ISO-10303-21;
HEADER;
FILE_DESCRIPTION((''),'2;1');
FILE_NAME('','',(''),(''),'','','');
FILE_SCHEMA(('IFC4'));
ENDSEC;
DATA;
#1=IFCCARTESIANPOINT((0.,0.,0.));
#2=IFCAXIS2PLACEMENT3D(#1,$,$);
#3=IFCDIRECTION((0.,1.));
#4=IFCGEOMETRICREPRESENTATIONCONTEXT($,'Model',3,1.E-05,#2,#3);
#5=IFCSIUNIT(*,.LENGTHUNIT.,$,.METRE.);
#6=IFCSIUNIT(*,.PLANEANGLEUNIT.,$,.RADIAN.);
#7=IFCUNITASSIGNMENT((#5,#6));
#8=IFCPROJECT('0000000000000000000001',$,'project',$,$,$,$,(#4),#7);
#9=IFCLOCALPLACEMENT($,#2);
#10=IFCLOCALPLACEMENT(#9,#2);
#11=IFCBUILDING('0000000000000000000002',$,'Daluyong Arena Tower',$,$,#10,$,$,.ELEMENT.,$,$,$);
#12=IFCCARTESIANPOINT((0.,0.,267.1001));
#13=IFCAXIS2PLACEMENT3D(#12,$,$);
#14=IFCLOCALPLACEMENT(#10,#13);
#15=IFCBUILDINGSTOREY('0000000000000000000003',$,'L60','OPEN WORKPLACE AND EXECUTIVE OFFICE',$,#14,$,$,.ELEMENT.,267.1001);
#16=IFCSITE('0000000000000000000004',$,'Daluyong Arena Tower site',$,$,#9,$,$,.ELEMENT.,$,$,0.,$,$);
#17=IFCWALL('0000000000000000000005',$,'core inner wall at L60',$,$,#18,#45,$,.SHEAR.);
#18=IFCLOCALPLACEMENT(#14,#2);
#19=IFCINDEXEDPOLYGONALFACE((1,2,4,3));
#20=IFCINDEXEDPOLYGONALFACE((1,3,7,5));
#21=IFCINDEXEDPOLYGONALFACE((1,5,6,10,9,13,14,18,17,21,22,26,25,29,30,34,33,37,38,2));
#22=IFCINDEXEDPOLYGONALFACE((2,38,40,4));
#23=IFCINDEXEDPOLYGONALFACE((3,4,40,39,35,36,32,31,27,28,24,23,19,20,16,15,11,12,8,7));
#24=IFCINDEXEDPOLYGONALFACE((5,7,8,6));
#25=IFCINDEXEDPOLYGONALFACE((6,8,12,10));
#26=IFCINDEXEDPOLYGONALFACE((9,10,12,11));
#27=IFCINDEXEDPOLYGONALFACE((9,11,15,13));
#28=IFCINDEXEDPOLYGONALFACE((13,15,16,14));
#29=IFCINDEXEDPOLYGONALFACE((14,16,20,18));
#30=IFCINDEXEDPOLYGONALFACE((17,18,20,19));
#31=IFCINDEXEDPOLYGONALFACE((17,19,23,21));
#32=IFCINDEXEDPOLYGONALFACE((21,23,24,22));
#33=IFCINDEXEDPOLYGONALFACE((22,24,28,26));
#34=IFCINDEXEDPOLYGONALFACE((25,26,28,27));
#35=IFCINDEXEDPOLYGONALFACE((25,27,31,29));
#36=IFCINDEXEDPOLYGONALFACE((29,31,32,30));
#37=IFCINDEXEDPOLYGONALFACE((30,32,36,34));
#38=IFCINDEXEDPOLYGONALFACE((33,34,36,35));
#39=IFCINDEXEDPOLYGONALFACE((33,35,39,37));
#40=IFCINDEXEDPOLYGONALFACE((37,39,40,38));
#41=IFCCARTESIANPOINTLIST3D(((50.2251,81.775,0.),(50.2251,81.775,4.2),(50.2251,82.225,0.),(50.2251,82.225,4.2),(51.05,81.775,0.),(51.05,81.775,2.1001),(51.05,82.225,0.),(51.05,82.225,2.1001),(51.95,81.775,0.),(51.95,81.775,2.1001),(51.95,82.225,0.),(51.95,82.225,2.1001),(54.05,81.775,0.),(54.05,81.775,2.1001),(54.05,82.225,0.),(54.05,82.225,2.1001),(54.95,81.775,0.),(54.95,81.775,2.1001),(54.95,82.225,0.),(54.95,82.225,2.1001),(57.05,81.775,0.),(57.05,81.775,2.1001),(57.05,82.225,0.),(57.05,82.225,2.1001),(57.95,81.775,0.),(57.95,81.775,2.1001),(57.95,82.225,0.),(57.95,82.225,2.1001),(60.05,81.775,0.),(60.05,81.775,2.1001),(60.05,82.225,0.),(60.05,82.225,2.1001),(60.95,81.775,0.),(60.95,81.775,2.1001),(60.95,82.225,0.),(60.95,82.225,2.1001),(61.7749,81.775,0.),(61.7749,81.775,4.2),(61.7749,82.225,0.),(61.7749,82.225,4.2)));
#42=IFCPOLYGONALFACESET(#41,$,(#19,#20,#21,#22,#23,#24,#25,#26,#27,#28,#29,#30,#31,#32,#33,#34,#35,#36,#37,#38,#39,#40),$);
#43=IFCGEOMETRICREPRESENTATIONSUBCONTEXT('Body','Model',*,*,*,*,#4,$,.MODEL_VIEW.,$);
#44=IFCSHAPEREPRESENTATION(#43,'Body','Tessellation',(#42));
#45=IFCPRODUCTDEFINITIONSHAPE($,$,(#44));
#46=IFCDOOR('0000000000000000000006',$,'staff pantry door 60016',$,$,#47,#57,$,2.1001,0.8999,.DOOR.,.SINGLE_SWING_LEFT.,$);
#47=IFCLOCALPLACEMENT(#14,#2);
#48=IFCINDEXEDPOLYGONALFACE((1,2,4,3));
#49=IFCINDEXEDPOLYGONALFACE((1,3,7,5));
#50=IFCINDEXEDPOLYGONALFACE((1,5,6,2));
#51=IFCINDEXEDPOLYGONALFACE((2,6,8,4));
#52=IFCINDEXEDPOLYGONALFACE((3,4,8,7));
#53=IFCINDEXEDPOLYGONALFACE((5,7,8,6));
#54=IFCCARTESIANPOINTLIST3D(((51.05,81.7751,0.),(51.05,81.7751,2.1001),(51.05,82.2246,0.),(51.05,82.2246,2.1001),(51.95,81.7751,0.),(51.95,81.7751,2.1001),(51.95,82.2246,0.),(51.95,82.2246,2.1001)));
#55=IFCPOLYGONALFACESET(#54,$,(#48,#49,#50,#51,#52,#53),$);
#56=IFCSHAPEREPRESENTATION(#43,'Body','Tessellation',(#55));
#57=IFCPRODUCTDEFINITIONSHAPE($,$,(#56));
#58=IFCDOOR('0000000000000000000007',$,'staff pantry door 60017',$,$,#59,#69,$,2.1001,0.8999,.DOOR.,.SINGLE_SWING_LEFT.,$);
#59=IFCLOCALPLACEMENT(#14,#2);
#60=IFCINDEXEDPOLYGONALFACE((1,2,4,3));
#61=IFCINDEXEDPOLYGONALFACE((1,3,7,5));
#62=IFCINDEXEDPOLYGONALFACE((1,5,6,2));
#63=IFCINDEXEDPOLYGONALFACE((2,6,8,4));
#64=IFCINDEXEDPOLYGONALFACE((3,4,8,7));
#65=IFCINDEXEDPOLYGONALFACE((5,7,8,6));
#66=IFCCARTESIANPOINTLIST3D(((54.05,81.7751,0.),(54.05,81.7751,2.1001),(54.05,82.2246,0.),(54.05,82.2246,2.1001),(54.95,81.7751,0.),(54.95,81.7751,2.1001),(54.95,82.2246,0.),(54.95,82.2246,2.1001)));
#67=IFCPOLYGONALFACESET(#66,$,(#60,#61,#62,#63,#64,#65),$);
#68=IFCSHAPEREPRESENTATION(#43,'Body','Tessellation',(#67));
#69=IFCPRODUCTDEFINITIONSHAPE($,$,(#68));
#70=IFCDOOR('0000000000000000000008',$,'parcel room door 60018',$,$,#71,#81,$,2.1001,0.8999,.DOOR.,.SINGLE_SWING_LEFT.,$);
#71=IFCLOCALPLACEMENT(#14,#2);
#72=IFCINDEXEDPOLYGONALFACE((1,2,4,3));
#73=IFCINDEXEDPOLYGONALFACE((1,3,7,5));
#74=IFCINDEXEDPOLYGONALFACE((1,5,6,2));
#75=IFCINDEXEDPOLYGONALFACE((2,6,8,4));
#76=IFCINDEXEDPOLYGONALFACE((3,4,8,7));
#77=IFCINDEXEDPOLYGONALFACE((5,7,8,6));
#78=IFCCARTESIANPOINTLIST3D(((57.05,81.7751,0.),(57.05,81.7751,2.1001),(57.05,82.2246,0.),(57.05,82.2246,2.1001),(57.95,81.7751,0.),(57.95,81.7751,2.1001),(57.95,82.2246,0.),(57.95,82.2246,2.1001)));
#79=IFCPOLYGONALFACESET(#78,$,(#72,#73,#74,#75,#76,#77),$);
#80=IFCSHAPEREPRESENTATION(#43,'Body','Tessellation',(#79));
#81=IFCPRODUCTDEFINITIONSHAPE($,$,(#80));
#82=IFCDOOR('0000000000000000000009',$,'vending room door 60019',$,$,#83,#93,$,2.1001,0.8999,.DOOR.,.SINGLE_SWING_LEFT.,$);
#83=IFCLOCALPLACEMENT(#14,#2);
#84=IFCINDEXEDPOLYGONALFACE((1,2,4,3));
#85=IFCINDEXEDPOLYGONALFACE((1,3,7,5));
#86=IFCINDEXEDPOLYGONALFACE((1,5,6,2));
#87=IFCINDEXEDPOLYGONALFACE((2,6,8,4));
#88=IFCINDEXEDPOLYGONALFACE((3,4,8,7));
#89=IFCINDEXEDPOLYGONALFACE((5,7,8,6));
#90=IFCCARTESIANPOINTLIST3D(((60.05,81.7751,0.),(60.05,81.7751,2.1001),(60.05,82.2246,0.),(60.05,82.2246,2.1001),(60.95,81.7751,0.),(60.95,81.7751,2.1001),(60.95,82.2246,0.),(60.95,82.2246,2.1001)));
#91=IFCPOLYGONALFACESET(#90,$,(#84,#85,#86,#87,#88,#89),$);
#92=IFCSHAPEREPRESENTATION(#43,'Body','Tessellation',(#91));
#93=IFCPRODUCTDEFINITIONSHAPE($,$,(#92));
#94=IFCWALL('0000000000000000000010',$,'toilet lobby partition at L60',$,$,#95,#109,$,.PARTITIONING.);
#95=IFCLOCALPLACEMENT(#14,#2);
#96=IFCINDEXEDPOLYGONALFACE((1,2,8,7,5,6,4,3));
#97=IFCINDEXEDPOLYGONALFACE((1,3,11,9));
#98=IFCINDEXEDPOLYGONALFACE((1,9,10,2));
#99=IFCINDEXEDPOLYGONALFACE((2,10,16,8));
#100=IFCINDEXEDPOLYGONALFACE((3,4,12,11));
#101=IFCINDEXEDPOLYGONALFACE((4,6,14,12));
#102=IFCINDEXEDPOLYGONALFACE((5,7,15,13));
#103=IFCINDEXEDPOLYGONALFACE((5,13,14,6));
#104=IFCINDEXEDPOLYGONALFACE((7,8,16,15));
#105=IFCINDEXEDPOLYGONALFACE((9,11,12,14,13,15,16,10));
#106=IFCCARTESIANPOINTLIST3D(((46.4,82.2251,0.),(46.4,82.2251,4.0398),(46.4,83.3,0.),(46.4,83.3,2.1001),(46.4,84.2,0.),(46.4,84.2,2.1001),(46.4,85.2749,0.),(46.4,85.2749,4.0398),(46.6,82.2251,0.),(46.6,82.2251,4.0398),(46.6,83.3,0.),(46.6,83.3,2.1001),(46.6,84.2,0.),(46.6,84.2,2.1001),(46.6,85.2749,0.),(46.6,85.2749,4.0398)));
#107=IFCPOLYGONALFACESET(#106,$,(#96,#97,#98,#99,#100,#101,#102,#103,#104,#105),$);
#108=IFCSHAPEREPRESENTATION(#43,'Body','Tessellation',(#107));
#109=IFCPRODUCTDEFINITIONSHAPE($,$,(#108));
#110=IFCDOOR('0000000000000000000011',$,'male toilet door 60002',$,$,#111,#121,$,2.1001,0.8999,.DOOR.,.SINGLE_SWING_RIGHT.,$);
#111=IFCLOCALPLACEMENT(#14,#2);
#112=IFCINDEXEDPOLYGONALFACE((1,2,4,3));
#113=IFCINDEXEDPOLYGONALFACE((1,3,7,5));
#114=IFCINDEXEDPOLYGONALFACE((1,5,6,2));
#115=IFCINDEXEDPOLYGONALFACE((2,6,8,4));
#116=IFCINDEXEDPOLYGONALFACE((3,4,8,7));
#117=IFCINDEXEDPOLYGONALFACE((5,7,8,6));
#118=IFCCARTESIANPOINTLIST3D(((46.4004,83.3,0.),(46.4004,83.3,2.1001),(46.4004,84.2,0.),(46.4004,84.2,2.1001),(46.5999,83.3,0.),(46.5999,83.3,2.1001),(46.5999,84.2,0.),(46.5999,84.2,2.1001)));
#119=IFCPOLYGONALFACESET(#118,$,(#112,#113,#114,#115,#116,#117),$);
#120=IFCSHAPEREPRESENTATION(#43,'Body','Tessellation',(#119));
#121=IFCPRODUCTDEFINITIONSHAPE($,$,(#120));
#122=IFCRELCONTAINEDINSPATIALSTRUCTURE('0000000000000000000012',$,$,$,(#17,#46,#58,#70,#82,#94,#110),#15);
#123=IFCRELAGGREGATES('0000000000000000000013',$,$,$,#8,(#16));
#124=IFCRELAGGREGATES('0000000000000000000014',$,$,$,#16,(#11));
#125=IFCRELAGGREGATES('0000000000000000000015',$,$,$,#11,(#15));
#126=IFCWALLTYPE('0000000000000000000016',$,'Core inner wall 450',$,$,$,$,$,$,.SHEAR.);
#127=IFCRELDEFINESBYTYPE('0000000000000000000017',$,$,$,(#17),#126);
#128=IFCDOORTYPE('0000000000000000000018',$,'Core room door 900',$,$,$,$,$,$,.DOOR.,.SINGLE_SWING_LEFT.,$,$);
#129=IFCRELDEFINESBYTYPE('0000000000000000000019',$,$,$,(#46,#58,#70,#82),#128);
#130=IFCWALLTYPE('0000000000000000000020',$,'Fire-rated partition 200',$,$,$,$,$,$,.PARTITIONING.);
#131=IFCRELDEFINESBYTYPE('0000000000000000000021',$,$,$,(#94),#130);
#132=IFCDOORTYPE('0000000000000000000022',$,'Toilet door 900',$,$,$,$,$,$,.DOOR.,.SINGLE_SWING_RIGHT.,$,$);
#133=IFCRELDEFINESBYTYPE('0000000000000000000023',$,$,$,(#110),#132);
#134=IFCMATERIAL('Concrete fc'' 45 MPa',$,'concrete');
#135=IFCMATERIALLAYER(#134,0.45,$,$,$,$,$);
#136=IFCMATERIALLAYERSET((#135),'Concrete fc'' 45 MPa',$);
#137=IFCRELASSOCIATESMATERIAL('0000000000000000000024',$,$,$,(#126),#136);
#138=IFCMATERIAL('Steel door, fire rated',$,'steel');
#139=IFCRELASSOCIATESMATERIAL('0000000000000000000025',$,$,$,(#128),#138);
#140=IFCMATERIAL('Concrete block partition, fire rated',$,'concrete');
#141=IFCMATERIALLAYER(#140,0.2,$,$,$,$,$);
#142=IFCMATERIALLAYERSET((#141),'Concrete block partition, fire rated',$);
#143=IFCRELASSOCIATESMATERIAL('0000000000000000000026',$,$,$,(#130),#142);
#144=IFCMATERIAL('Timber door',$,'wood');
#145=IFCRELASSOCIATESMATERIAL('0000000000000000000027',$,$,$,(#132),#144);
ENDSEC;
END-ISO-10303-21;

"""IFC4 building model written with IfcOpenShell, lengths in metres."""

from ifc_helpers import new_model, si_unit, direction, frame, frame_2d, origin, place, context, subcontext, project, spatial, rectangle, extrude, material, layer, layer_set, type_object, element, fill, save


model = new_model("IFC4")

# Units and contexts
model_context = context("Model", 3, precision=1e-05, world=origin(), true_north=direction((0.0, 1.0)))
body_context = subcontext(model_context, "Body", "Model", "MODEL_VIEW")
ifc_project = project(units=[si_unit("LENGTHUNIT", "METRE"), si_unit("PLANEANGLEUNIT", "RADIAN")], contexts=[model_context])

# Site, building, storey
site_placement = place(None, origin())
site = spatial("IfcSite", under=ifc_project, at=site_placement, Name="Daluyong Arena Tower site", CompositionType="ELEMENT", RefElevation=0.0)
building_placement = place(site_placement, origin())
building = spatial("IfcBuilding", under=site, at=building_placement, Name="Daluyong Arena Tower", CompositionType="ELEMENT")
storey_placement = place(building_placement, frame((0.0, 0.0, 267.1001)))
storey = spatial("IfcBuildingStorey", under=building, at=storey_placement, Name="L60", Description="OPEN WORKPLACE AND EXECUTIVE OFFICE", CompositionType="ELEMENT", Elevation=267.1001)

# Wall, openings, doors
ifc_material_1 = material(Name="Concrete fc' 45 MPa", Category="concrete")
ifc_layer_1 = layer(ifc_material_1, 0.45)
ifc_layer_set_1 = layer_set([ifc_layer_1], Name="Concrete fc' 45 MPa")
wall_type_1 = type_object("IfcWallType", Name="Core inner wall 450", PredefinedType="SHEAR", material=ifc_layer_set_1)
wall_1_placement = place(storey_placement, frame((50.2251, 82.0, 0.0), z_axis=(0.0, 0.0, 1.0), x_axis=(1.0, 0.0, 0.0)))
wall_1 = element("IfcWall", 1, at=wall_1_placement, inside=storey, type_object=wall_type_1, Name="core inner wall at L60", PredefinedType="SHEAR", context=body_context, shape_type="SweptSolid", body=[
    extrude(rectangle(XDim=11.5498, YDim=0.45, at=frame_2d((5.7749, 0.0))), origin(), (0.0, 0.0, 1.0), 4.2),
])
opening_1_placement = place(wall_1_placement, frame((0.825, 0.0, 0.0)))
opening_1 = element("IfcOpeningElement", 2, at=opening_1_placement, cuts=wall_1, PredefinedType="OPENING", context=body_context, shape_type="SweptSolid", body=[
    extrude(rectangle(XDim=0.8999, YDim=2.1001, at=frame_2d((0.45, 1.05))), frame((0.0, 0.2349, 0.0), z_axis=(0.0, -1.0, 0.0), x_axis=(1.0, 0.0, 0.0)), (0.0, 0.0, 1.0), 0.47),
])
opening_2_placement = place(wall_1_placement, frame((3.825, 0.0, 0.0)))
opening_2 = element("IfcOpeningElement", 3, at=opening_2_placement, cuts=wall_1, PredefinedType="OPENING", context=body_context, shape_type="SweptSolid", body=[
    extrude(rectangle(XDim=0.8999, YDim=2.1001, at=frame_2d((0.45, 1.05))), frame((0.0, 0.2349, 0.0), z_axis=(0.0, -1.0, 0.0), x_axis=(1.0, 0.0, 0.0)), (0.0, 0.0, 1.0), 0.47),
])
opening_3_placement = place(wall_1_placement, frame((6.825, 0.0, 0.0)))
opening_3 = element("IfcOpeningElement", 4, at=opening_3_placement, cuts=wall_1, PredefinedType="OPENING", context=body_context, shape_type="SweptSolid", body=[
    extrude(rectangle(XDim=0.8999, YDim=2.1001, at=frame_2d((0.45, 1.05))), frame((0.0, 0.2349, 0.0), z_axis=(0.0, -1.0, 0.0), x_axis=(1.0, 0.0, 0.0)), (0.0, 0.0, 1.0), 0.47),
])
opening_4_placement = place(wall_1_placement, frame((9.825, 0.0, 0.0)))
opening_4 = element("IfcOpeningElement", 5, at=opening_4_placement, cuts=wall_1, PredefinedType="OPENING", context=body_context, shape_type="SweptSolid", body=[
    extrude(rectangle(XDim=0.8999, YDim=2.1001, at=frame_2d((0.45, 1.05))), frame((0.0, 0.2349, 0.0), z_axis=(0.0, -1.0, 0.0), x_axis=(1.0, 0.0, 0.0)), (0.0, 0.0, 1.0), 0.47),
])
ifc_material_2 = material(Name="Steel door, fire rated", Category="steel")
door_type_1 = type_object("IfcDoorType", Name="Core room door 900", OperationType="SINGLE_SWING_LEFT", PredefinedType="DOOR", material=ifc_material_2)
door_1_placement = place(opening_1_placement, origin())
door_1 = element("IfcDoor", 6, at=door_1_placement, inside=storey, type_object=door_type_1, Name="staff pantry door 60016", OperationType="SINGLE_SWING_LEFT", OverallHeight=2.1001, OverallWidth=0.8999, PredefinedType="DOOR", context=body_context, shape_type="SweptSolid", body=[
    extrude(rectangle(XDim=0.8999, YDim=2.1001, at=frame_2d((0.45, 1.05))), frame((0.0, 0.2246, 0.0), z_axis=(0.0, -1.0, 0.0), x_axis=(1.0, 0.0, 0.0)), (0.0, 0.0, 1.0), 0.4495),
])
fill(opening_1, door_1)
door_2_placement = place(opening_2_placement, origin())
door_2 = element("IfcDoor", 7, at=door_2_placement, inside=storey, type_object=door_type_1, Name="staff pantry door 60017", OperationType="SINGLE_SWING_LEFT", OverallHeight=2.1001, OverallWidth=0.8999, PredefinedType="DOOR", context=body_context, shape_type="SweptSolid", body=[
    extrude(rectangle(XDim=0.8999, YDim=2.1001, at=frame_2d((0.45, 1.05))), frame((0.0, 0.2246, 0.0), z_axis=(0.0, -1.0, 0.0), x_axis=(1.0, 0.0, 0.0)), (0.0, 0.0, 1.0), 0.4495),
])
fill(opening_2, door_2)
door_3_placement = place(opening_3_placement, origin())
door_3 = element("IfcDoor", 8, at=door_3_placement, inside=storey, type_object=door_type_1, Name="parcel room door 60018", OperationType="SINGLE_SWING_LEFT", OverallHeight=2.1001, OverallWidth=0.8999, PredefinedType="DOOR", context=body_context, shape_type="SweptSolid", body=[
    extrude(rectangle(XDim=0.8999, YDim=2.1001, at=frame_2d((0.45, 1.05))), frame((0.0, 0.2246, 0.0), z_axis=(0.0, -1.0, 0.0), x_axis=(1.0, 0.0, 0.0)), (0.0, 0.0, 1.0), 0.4495),
])
fill(opening_3, door_3)
door_4_placement = place(opening_4_placement, origin())
door_4 = element("IfcDoor", 9, at=door_4_placement, inside=storey, type_object=door_type_1, Name="vending room door 60019", OperationType="SINGLE_SWING_LEFT", OverallHeight=2.1001, OverallWidth=0.8999, PredefinedType="DOOR", context=body_context, shape_type="SweptSolid", body=[
    extrude(rectangle(XDim=0.8999, YDim=2.1001, at=frame_2d((0.45, 1.05))), frame((0.0, 0.2246, 0.0), z_axis=(0.0, -1.0, 0.0), x_axis=(1.0, 0.0, 0.0)), (0.0, 0.0, 1.0), 0.4495),
])
fill(opening_4, door_4)

# Wall, opening, door
ifc_material_3 = material(Name="Concrete block partition, fire rated", Category="concrete")
ifc_layer_2 = layer(ifc_material_3, 0.2)
ifc_layer_set_2 = layer_set([ifc_layer_2], Name="Concrete block partition, fire rated")
wall_type_2 = type_object("IfcWallType", Name="Fire-rated partition 200", PredefinedType="PARTITIONING", material=ifc_layer_set_2)
wall_2_placement = place(storey_placement, frame((46.5, 82.2251, 0.0), z_axis=(0.0, 0.0, 1.0), x_axis=(0.0, 1.0, 0.0)))
wall_2 = element("IfcWall", 10, at=wall_2_placement, inside=storey, type_object=wall_type_2, Name="toilet lobby partition at L60", PredefinedType="PARTITIONING", context=body_context, shape_type="SweptSolid", body=[
    extrude(rectangle(XDim=3.0498, YDim=0.2, at=frame_2d((1.5249, 0.0))), origin(), (0.0, 0.0, 1.0), 4.0398),
])
opening_5_placement = place(wall_2_placement, frame((1.075, 0.0, 0.0)))
opening_5 = element("IfcOpeningElement", 11, at=opening_5_placement, cuts=wall_2, PredefinedType="OPENING", context=body_context, shape_type="SweptSolid", body=[
    extrude(rectangle(XDim=0.8999, YDim=2.1001, at=frame_2d((0.45, 1.05))), frame((0.0, 0.1099, 0.0), z_axis=(0.0, -1.0, 0.0), x_axis=(1.0, 0.0, 0.0)), (0.0, 0.0, 1.0), 0.22),
])
ifc_material_4 = material(Name="Timber door", Category="wood")
door_type_2 = type_object("IfcDoorType", Name="Toilet door 900", OperationType="SINGLE_SWING_RIGHT", PredefinedType="DOOR", material=ifc_material_4)
door_5_placement = place(opening_5_placement, origin())
door_5 = element("IfcDoor", 12, at=door_5_placement, inside=storey, type_object=door_type_2, Name="male toilet door 60002", OperationType="SINGLE_SWING_RIGHT", OverallHeight=2.1001, OverallWidth=0.8999, PredefinedType="DOOR", context=body_context, shape_type="SweptSolid", body=[
    extrude(rectangle(XDim=0.8999, YDim=2.1001, at=frame_2d((0.45, 1.05))), frame((0.0, 0.0996, 0.0), z_axis=(0.0, -1.0, 0.0), x_axis=(1.0, 0.0, 0.0)), (0.0, 0.0, 1.0), 0.1995),
])
fill(opening_5, door_5)

save(model, "model.ifc")
